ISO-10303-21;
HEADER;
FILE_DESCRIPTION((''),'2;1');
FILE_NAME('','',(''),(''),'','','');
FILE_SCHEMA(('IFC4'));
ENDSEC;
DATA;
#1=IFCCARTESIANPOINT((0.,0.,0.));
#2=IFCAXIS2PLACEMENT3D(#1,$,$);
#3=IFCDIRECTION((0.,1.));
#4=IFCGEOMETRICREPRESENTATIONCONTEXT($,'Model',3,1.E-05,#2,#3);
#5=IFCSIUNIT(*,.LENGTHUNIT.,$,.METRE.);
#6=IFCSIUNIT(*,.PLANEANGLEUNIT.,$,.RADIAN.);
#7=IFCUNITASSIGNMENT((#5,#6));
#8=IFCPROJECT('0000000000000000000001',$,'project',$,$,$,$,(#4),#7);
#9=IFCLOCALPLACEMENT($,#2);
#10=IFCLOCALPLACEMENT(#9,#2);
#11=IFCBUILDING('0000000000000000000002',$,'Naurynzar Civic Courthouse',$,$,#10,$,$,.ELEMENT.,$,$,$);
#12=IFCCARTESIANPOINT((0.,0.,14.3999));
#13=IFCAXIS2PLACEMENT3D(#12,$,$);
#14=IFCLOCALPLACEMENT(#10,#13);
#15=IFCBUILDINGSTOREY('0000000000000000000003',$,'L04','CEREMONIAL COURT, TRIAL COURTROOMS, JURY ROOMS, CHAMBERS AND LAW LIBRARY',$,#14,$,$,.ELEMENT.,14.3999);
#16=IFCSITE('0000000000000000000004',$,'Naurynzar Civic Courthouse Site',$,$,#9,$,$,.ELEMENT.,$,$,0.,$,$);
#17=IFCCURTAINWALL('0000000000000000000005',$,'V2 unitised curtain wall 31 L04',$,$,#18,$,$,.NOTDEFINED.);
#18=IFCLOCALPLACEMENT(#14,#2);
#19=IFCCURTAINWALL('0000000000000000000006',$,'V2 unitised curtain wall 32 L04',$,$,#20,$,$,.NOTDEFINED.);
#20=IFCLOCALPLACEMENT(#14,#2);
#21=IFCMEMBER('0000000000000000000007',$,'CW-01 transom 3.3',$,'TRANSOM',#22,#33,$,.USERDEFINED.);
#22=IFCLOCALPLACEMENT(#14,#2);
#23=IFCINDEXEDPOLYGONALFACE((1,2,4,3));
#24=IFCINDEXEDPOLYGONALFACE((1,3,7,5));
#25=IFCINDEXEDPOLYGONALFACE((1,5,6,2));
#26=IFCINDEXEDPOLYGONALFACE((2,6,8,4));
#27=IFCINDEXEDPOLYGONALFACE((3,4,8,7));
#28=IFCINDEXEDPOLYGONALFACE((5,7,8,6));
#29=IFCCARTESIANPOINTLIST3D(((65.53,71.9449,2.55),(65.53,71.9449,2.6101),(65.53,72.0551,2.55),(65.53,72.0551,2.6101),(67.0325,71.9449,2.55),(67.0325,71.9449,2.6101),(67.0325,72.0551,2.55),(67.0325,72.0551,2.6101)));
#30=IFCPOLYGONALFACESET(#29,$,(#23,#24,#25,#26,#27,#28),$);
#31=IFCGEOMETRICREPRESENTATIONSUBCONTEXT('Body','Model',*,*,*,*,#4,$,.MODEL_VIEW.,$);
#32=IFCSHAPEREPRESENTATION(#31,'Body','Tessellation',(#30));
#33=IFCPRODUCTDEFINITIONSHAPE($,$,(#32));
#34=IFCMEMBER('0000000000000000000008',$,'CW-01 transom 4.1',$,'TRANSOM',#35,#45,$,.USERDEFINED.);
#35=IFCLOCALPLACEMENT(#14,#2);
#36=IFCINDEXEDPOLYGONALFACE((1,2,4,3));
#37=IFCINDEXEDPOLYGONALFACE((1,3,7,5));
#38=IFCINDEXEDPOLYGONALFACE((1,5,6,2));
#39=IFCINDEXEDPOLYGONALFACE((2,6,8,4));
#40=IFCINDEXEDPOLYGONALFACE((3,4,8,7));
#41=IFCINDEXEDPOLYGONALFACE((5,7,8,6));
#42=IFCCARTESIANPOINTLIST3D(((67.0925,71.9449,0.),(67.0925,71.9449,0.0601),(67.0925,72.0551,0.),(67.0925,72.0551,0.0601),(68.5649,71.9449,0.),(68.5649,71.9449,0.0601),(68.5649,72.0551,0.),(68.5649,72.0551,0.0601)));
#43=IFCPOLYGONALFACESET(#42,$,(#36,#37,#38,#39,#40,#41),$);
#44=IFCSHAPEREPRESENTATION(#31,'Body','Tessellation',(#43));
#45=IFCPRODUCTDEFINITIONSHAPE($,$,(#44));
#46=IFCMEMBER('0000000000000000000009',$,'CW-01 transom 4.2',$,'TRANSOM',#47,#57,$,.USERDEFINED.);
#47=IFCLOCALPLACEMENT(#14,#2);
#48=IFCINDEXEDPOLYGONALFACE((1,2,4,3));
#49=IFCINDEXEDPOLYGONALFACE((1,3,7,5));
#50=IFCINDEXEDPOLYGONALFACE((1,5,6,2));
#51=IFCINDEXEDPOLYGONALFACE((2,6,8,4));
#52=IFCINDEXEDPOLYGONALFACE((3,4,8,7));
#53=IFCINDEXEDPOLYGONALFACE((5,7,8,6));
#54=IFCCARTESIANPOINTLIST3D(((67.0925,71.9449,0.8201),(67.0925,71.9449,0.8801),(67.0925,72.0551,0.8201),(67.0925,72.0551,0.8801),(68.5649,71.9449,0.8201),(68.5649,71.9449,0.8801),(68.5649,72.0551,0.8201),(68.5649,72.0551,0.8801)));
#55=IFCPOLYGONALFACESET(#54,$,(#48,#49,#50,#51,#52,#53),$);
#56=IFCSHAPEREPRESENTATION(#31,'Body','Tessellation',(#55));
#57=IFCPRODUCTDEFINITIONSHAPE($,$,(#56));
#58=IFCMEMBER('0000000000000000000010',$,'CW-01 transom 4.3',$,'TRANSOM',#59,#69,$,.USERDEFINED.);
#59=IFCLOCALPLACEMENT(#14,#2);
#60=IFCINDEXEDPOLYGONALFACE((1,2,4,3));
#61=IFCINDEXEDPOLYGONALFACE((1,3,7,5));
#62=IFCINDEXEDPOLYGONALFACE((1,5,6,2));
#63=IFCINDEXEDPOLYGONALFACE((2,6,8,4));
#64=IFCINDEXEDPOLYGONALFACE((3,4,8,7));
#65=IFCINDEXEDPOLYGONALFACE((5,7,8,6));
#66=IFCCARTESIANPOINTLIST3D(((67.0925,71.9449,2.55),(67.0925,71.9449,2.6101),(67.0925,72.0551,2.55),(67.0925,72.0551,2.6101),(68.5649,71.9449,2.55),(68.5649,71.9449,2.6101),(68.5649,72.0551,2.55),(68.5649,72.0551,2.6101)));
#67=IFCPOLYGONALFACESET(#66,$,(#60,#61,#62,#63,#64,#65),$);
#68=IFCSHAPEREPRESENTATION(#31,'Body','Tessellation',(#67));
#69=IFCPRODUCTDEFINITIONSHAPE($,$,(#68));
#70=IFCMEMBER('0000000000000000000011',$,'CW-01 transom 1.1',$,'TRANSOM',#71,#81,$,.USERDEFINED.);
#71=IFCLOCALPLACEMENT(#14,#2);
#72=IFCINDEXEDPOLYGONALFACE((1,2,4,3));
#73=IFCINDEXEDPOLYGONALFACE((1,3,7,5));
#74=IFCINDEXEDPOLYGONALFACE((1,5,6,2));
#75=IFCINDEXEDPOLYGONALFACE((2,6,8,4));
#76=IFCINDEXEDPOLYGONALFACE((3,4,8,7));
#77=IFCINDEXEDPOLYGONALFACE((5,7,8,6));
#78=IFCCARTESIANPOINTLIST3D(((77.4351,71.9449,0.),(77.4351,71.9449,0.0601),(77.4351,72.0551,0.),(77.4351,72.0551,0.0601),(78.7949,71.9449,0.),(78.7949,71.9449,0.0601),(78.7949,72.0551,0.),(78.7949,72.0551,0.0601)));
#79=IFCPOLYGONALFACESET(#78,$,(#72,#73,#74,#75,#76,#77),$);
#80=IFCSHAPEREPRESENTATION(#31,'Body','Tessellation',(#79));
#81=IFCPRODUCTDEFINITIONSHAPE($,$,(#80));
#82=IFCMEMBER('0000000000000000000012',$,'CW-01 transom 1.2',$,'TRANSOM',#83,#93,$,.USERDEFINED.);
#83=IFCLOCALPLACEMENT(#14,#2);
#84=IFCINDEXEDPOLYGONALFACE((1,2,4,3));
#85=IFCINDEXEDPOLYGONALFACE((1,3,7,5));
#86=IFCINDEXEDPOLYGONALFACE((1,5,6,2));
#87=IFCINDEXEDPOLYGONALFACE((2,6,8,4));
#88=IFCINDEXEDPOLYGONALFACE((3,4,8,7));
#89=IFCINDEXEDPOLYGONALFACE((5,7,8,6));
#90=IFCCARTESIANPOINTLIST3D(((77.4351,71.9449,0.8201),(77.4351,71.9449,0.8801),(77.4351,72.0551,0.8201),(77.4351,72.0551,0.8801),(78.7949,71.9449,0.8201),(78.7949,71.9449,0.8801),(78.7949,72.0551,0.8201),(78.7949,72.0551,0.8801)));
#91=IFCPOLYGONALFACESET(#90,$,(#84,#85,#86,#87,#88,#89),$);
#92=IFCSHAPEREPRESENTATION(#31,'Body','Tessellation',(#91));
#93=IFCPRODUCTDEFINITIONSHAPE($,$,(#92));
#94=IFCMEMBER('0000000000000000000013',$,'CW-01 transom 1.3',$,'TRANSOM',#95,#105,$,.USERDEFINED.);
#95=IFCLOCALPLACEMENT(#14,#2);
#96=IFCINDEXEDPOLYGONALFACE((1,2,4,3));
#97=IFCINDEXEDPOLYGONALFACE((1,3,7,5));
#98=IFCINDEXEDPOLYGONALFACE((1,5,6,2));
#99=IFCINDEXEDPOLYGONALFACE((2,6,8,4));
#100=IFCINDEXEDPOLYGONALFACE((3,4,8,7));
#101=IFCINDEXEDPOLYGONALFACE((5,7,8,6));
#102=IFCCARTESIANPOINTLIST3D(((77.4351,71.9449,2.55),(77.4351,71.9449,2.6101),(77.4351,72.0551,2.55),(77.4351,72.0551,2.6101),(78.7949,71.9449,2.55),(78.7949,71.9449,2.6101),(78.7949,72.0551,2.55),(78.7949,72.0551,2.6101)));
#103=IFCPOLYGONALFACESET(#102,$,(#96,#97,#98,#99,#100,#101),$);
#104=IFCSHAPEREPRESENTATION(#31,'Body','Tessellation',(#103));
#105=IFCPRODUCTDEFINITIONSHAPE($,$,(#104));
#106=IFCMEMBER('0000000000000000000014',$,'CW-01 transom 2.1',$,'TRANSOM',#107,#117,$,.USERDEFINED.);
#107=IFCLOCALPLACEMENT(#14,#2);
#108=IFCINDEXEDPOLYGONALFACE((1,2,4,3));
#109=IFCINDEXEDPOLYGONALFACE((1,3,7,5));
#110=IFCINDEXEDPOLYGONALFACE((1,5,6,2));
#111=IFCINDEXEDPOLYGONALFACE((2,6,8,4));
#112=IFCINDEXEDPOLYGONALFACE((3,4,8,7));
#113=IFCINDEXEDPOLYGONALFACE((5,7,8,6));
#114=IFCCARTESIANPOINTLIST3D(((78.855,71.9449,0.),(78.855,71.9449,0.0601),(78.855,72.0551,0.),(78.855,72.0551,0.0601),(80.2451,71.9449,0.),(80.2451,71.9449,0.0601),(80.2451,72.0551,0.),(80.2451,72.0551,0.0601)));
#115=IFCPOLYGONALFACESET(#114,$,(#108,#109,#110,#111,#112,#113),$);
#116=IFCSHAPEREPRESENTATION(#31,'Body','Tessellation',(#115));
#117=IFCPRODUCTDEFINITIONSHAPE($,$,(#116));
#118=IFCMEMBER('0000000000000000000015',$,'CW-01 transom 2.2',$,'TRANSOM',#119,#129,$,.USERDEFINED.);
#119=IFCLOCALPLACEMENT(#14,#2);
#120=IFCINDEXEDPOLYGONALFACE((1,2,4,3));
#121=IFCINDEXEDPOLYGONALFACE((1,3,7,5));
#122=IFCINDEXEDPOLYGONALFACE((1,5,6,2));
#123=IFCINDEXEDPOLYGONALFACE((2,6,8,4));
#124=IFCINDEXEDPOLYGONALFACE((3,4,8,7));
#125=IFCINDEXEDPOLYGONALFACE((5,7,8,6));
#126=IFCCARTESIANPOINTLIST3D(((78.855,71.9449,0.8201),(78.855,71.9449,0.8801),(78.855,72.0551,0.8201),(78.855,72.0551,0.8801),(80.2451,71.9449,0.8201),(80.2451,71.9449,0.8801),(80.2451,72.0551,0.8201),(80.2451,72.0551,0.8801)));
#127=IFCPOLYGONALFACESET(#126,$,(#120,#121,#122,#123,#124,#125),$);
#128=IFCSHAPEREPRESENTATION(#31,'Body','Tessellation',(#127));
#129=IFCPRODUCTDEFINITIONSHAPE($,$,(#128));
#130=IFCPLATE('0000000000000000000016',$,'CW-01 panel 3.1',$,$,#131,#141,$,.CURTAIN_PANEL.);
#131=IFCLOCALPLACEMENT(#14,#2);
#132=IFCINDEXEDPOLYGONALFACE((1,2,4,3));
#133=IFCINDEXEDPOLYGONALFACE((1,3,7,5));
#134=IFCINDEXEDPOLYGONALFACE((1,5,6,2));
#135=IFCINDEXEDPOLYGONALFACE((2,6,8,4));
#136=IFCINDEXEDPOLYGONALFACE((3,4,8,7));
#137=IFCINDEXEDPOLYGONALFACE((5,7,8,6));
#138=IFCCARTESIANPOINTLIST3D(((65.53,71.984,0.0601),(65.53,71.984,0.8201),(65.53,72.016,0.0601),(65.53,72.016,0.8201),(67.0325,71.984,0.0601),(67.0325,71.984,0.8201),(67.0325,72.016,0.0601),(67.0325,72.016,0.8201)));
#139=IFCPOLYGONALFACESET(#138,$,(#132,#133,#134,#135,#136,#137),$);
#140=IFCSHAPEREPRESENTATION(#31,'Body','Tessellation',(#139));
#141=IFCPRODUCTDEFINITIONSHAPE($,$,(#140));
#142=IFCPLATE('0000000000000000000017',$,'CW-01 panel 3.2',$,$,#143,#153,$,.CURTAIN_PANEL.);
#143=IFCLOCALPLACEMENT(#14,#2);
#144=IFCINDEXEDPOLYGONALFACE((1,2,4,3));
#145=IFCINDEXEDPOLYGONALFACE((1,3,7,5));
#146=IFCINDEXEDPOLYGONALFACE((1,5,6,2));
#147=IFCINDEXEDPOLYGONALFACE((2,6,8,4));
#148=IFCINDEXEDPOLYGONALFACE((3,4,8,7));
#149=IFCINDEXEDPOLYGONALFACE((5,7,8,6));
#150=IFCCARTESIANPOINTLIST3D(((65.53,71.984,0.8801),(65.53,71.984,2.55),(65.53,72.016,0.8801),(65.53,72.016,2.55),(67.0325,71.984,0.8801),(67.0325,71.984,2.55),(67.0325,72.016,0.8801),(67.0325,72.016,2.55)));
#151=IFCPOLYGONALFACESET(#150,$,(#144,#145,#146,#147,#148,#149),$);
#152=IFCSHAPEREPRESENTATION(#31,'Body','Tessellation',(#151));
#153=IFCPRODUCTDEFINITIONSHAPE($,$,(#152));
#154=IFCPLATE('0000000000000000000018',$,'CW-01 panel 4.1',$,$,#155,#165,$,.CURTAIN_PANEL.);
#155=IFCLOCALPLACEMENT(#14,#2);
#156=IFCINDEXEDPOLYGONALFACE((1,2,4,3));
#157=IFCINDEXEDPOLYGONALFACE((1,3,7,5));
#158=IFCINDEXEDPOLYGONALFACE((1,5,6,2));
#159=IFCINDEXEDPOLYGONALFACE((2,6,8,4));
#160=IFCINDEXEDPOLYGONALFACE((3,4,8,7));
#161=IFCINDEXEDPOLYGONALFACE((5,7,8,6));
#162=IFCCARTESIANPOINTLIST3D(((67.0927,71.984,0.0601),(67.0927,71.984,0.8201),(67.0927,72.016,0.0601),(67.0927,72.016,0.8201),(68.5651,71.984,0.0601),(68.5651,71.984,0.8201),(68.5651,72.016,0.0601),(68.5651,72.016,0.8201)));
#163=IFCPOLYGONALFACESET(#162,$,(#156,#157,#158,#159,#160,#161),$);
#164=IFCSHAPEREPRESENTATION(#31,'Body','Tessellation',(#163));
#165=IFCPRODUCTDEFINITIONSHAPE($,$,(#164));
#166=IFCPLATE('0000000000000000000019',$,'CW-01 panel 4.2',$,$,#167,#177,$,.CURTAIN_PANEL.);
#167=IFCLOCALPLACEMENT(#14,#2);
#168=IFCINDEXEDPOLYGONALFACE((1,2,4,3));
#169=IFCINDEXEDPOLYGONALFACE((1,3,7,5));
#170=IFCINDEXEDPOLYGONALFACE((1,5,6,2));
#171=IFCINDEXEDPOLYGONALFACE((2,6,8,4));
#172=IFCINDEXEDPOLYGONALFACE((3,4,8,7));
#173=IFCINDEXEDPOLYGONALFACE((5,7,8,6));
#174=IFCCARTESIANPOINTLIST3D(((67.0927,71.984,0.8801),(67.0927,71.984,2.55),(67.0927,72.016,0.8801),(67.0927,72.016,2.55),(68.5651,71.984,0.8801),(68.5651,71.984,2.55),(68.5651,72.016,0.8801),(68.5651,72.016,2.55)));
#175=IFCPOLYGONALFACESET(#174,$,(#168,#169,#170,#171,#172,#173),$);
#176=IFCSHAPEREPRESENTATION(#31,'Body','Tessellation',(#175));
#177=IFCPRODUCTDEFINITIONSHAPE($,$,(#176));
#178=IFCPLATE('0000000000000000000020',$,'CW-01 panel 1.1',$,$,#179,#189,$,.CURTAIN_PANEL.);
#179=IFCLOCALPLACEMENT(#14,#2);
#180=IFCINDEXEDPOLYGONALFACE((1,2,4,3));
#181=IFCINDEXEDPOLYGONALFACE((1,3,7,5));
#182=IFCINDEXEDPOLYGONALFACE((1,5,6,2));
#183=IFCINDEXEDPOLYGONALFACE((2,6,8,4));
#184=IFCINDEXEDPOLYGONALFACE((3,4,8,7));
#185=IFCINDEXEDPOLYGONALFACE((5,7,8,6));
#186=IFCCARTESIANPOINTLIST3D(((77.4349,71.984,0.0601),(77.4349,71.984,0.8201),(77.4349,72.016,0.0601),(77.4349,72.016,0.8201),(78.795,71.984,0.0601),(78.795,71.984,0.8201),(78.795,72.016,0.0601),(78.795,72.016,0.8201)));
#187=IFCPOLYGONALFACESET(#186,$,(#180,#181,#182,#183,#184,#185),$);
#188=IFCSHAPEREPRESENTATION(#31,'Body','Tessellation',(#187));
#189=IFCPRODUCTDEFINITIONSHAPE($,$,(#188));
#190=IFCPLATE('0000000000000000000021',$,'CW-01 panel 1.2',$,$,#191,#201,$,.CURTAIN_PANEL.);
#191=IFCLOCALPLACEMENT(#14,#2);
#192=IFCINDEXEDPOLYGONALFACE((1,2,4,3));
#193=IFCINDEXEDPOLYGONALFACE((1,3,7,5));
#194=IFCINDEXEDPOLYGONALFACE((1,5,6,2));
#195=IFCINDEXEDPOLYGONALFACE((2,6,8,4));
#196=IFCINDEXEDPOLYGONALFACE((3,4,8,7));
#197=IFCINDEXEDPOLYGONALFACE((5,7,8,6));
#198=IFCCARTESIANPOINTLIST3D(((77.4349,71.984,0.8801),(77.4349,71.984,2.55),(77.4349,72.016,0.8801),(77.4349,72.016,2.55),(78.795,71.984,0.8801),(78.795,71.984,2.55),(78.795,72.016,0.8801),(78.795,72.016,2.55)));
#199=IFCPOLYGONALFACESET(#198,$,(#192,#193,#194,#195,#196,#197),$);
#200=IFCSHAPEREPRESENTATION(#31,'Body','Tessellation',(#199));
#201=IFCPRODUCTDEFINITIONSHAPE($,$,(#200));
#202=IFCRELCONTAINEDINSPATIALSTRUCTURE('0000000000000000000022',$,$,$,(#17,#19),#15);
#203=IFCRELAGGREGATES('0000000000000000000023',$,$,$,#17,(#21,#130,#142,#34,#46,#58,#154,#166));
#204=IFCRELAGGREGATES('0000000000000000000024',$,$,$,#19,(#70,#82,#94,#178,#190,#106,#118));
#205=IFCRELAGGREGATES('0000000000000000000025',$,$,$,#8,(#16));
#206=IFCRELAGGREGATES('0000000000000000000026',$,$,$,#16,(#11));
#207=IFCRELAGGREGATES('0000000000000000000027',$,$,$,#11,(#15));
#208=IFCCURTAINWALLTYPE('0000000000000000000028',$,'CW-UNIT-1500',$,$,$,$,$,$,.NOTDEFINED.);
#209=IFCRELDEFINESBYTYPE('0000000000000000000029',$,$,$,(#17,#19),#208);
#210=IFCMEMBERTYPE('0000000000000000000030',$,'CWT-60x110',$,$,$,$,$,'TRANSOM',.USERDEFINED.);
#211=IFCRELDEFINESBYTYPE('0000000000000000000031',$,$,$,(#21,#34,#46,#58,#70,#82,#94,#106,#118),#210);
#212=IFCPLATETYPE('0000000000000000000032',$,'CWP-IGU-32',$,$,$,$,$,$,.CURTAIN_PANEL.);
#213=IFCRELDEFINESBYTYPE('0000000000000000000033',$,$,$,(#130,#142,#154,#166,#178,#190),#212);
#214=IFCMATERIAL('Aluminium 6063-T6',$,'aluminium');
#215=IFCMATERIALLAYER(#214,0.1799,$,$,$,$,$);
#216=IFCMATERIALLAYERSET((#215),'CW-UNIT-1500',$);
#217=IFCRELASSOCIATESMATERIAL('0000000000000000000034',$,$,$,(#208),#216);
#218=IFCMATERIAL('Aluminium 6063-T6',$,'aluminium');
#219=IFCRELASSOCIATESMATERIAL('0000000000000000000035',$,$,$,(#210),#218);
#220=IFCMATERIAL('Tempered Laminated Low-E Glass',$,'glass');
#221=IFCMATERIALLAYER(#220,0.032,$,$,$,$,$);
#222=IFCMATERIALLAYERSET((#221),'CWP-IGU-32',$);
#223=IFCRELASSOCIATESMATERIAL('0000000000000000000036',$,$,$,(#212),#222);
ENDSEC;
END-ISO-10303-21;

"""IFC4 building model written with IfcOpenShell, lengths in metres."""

from ifc_helpers import new_model, si_unit, direction, frame, origin, origin_2d, place, context, subcontext, project, spatial, rectangle, extrude, material, layer, layer_set, material_profile, profile_set, type_object, element, aggregate, save


model = new_model("IFC4")

# Units and contexts
model_context = context("Model", 3, precision=1e-05, world=origin(), true_north=direction((0.0, 1.0)))
body_context = subcontext(model_context, "Body", "Model", "MODEL_VIEW")
ifc_project = project(units=[si_unit("LENGTHUNIT", "METRE"), si_unit("PLANEANGLEUNIT", "RADIAN")], contexts=[model_context])

# Site, building, storey
site_placement = place(None, origin())
site = spatial("IfcSite", under=ifc_project, at=site_placement, Name="Naurynzar Civic Courthouse Site", CompositionType="ELEMENT", RefElevation=0.0)
building_placement = place(site_placement, origin())
building = spatial("IfcBuilding", under=site, at=building_placement, Name="Naurynzar Civic Courthouse", CompositionType="ELEMENT")
storey_placement = place(building_placement, frame((0.0, 0.0, 14.3999)))
storey = spatial("IfcBuildingStorey", under=building, at=storey_placement, Name="L04", Description="CEREMONIAL COURT, TRIAL COURTROOMS, JURY ROOMS, CHAMBERS AND LAW LIBRARY", CompositionType="ELEMENT", Elevation=14.3999)

# Curtain walls
ifc_material_1 = material(Name="Aluminium 6063-T6", Category="aluminium")
ifc_layer_1 = layer(ifc_material_1, 0.1799)
ifc_layer_set_1 = layer_set([ifc_layer_1], Name="CW-UNIT-1500")
curtain_wall_type = type_object("IfcCurtainWallType", Name="CW-UNIT-1500", PredefinedType="NOTDEFINED", material=ifc_layer_set_1)
curtain_wall_1_placement = place(storey_placement, origin())
curtain_wall_1 = element("IfcCurtainWall", 1, at=curtain_wall_1_placement, inside=storey, type_object=curtain_wall_type, Name="V2 unitised curtain wall 31 L04", PredefinedType="NOTDEFINED")
curtain_wall_2_placement = place(storey_placement, origin())
curtain_wall_2 = element("IfcCurtainWall", 2, at=curtain_wall_2_placement, inside=storey, type_object=curtain_wall_type, Name="V2 unitised curtain wall 32 L04", PredefinedType="NOTDEFINED")

# Members
ifc_material_2 = material(Name="Aluminium 6063-T6", Category="aluminium")
ifc_material_profile_1 = material_profile(ifc_material_2, rectangle(XDim=0.1101, YDim=0.0601, at=origin_2d()), Name="ALU TRANSOM 60x110")
ifc_profile_set_1 = profile_set([ifc_material_profile_1], Name="Aluminium 6063-T6")
member_type_1 = type_object("IfcMemberType", Name="CWT-60x110", ElementType="TRANSOM", PredefinedType="USERDEFINED", material=ifc_profile_set_1)
member_1_placement = place(storey_placement, frame((65.53, 72.0, 2.5801), z_axis=(1.0, 0.0, 0.0), x_axis=(0.0, 1.0, 0.0)))
member_1 = element("IfcMember", 3, at=member_1_placement, type_object=member_type_1, Name="CW-01 transom 3.3", ObjectType="TRANSOM", PredefinedType="USERDEFINED", context=body_context, shape_type="SweptSolid", body=[
    extrude(rectangle(XDim=0.1101, YDim=0.0601, at=origin_2d()), origin(), (0.0, 0.0, 1.0), 1.5024),
])
member_2_placement = place(storey_placement, frame((67.0925, 72.0, 0.03), z_axis=(1.0, 0.0, 0.0), x_axis=(0.0, 1.0, 0.0)))
member_2 = element("IfcMember", 4, at=member_2_placement, type_object=member_type_1, Name="CW-01 transom 4.1", ObjectType="TRANSOM", PredefinedType="USERDEFINED", context=body_context, shape_type="SweptSolid", body=[
    extrude(rectangle(XDim=0.1101, YDim=0.0601, at=origin_2d()), origin(), (0.0, 0.0, 1.0), 1.4724),
])
member_3_placement = place(storey_placement, frame((67.0925, 72.0, 0.8501), z_axis=(1.0, 0.0, 0.0), x_axis=(0.0, 1.0, 0.0)))
member_3 = element("IfcMember", 5, at=member_3_placement, type_object=member_type_1, Name="CW-01 transom 4.2", ObjectType="TRANSOM", PredefinedType="USERDEFINED", context=body_context, shape_type="SweptSolid", body=[
    extrude(rectangle(XDim=0.1101, YDim=0.0601, at=origin_2d()), origin(), (0.0, 0.0, 1.0), 1.4724),
])
member_4_placement = place(storey_placement, frame((67.0925, 72.0, 2.5801), z_axis=(1.0, 0.0, 0.0), x_axis=(0.0, 1.0, 0.0)))
member_4 = element("IfcMember", 6, at=member_4_placement, type_object=member_type_1, Name="CW-01 transom 4.3", ObjectType="TRANSOM", PredefinedType="USERDEFINED", context=body_context, shape_type="SweptSolid", body=[
    extrude(rectangle(XDim=0.1101, YDim=0.0601, at=origin_2d()), origin(), (0.0, 0.0, 1.0), 1.4724),
])
member_5_placement = place(storey_placement, frame((77.4351, 72.0, 0.03), z_axis=(1.0, 0.0, 0.0), x_axis=(0.0, 1.0, 0.0)))
member_5 = element("IfcMember", 7, at=member_5_placement, type_object=member_type_1, Name="CW-01 transom 1.1", ObjectType="TRANSOM", PredefinedType="USERDEFINED", context=body_context, shape_type="SweptSolid", body=[
    extrude(rectangle(XDim=0.1101, YDim=0.0601, at=origin_2d()), origin(), (0.0, 0.0, 1.0), 1.3599),
])
member_6_placement = place(storey_placement, frame((77.4351, 72.0, 0.8501), z_axis=(1.0, 0.0, 0.0), x_axis=(0.0, 1.0, 0.0)))
member_6 = element("IfcMember", 8, at=member_6_placement, type_object=member_type_1, Name="CW-01 transom 1.2", ObjectType="TRANSOM", PredefinedType="USERDEFINED", context=body_context, shape_type="SweptSolid", body=[
    extrude(rectangle(XDim=0.1101, YDim=0.0601, at=origin_2d()), origin(), (0.0, 0.0, 1.0), 1.3599),
])
member_7_placement = place(storey_placement, frame((77.4351, 72.0, 2.5801), z_axis=(1.0, 0.0, 0.0), x_axis=(0.0, 1.0, 0.0)))
member_7 = element("IfcMember", 9, at=member_7_placement, type_object=member_type_1, Name="CW-01 transom 1.3", ObjectType="TRANSOM", PredefinedType="USERDEFINED", context=body_context, shape_type="SweptSolid", body=[
    extrude(rectangle(XDim=0.1101, YDim=0.0601, at=origin_2d()), origin(), (0.0, 0.0, 1.0), 1.3599),
])
member_8_placement = place(storey_placement, frame((78.855, 72.0, 0.03), z_axis=(1.0, 0.0, 0.0), x_axis=(0.0, 1.0, 0.0)))
member_8 = element("IfcMember", 10, at=member_8_placement, type_object=member_type_1, Name="CW-01 transom 2.1", ObjectType="TRANSOM", PredefinedType="USERDEFINED", context=body_context, shape_type="SweptSolid", body=[
    extrude(rectangle(XDim=0.1101, YDim=0.0601, at=origin_2d()), origin(), (0.0, 0.0, 1.0), 1.3901),
])
member_9_placement = place(storey_placement, frame((78.855, 72.0, 0.8501), z_axis=(1.0, 0.0, 0.0), x_axis=(0.0, 1.0, 0.0)))
member_9 = element("IfcMember", 11, at=member_9_placement, type_object=member_type_1, Name="CW-01 transom 2.2", ObjectType="TRANSOM", PredefinedType="USERDEFINED", context=body_context, shape_type="SweptSolid", body=[
    extrude(rectangle(XDim=0.1101, YDim=0.0601, at=origin_2d()), origin(), (0.0, 0.0, 1.0), 1.3901),
])

# Plates
ifc_material_3 = material(Name="Tempered Laminated Low-E Glass", Category="glass")
ifc_layer_2 = layer(ifc_material_3, 0.032)
ifc_layer_set_2 = layer_set([ifc_layer_2], Name="CWP-IGU-32")
plate_type = type_object("IfcPlateType", Name="CWP-IGU-32", PredefinedType="CURTAIN_PANEL", material=ifc_layer_set_2)
plate_1_placement = place(storey_placement, frame((66.2812, 72.0, 0.0601), z_axis=(0.0, 0.0, 1.0), x_axis=(1.0, 0.0, 0.0)))
plate_1 = element("IfcPlate", 12, at=plate_1_placement, type_object=plate_type, Name="CW-01 panel 3.1", PredefinedType="CURTAIN_PANEL", context=body_context, shape_type="SweptSolid", body=[
    extrude(rectangle(XDim=1.5024, YDim=0.032, at=origin_2d()), origin(), (0.0, 0.0, 1.0), 0.76),
])
plate_2_placement = place(storey_placement, frame((66.2812, 72.0, 0.8801), z_axis=(0.0, 0.0, 1.0), x_axis=(1.0, 0.0, 0.0)))
plate_2 = element("IfcPlate", 13, at=plate_2_placement, type_object=plate_type, Name="CW-01 panel 3.2", PredefinedType="CURTAIN_PANEL", context=body_context, shape_type="SweptSolid", body=[
    extrude(rectangle(XDim=1.5024, YDim=0.032, at=origin_2d()), origin(), (0.0, 0.0, 1.0), 1.6699),
])
plate_3_placement = place(storey_placement, frame((67.8289, 72.0, 0.0601), z_axis=(0.0, 0.0, 1.0), x_axis=(1.0, 0.0, 0.0)))
plate_3 = element("IfcPlate", 14, at=plate_3_placement, type_object=plate_type, Name="CW-01 panel 4.1", PredefinedType="CURTAIN_PANEL", context=body_context, shape_type="SweptSolid", body=[
    extrude(rectangle(XDim=1.4724, YDim=0.032, at=origin_2d()), origin(), (0.0, 0.0, 1.0), 0.76),
])
plate_4_placement = place(storey_placement, frame((67.8289, 72.0, 0.8801), z_axis=(0.0, 0.0, 1.0), x_axis=(1.0, 0.0, 0.0)))
plate_4 = element("IfcPlate", 15, at=plate_4_placement, type_object=plate_type, Name="CW-01 panel 4.2", PredefinedType="CURTAIN_PANEL", context=body_context, shape_type="SweptSolid", body=[
    extrude(rectangle(XDim=1.4724, YDim=0.032, at=origin_2d()), origin(), (0.0, 0.0, 1.0), 1.6699),
])
aggregate(curtain_wall_1, [member_1, plate_1, plate_2, member_2, member_3, member_4, plate_3, plate_4])
plate_5_placement = place(storey_placement, frame((78.115, 72.0, 0.0601), z_axis=(0.0, 0.0, 1.0), x_axis=(1.0, 0.0, 0.0)))
plate_5 = element("IfcPlate", 16, at=plate_5_placement, type_object=plate_type, Name="CW-01 panel 1.1", PredefinedType="CURTAIN_PANEL", context=body_context, shape_type="SweptSolid", body=[
    extrude(rectangle(XDim=1.3601, YDim=0.032, at=origin_2d()), origin(), (0.0, 0.0, 1.0), 0.76),
])
plate_6_placement = place(storey_placement, frame((78.115, 72.0, 0.8801), z_axis=(0.0, 0.0, 1.0), x_axis=(1.0, 0.0, 0.0)))
plate_6 = element("IfcPlate", 17, at=plate_6_placement, type_object=plate_type, Name="CW-01 panel 1.2", PredefinedType="CURTAIN_PANEL", context=body_context, shape_type="SweptSolid", body=[
    extrude(rectangle(XDim=1.3601, YDim=0.032, at=origin_2d()), origin(), (0.0, 0.0, 1.0), 1.6699),
])
aggregate(curtain_wall_2, [member_5, member_6, member_7, plate_5, plate_6, member_8, member_9])

save(model, "model.ifc")
